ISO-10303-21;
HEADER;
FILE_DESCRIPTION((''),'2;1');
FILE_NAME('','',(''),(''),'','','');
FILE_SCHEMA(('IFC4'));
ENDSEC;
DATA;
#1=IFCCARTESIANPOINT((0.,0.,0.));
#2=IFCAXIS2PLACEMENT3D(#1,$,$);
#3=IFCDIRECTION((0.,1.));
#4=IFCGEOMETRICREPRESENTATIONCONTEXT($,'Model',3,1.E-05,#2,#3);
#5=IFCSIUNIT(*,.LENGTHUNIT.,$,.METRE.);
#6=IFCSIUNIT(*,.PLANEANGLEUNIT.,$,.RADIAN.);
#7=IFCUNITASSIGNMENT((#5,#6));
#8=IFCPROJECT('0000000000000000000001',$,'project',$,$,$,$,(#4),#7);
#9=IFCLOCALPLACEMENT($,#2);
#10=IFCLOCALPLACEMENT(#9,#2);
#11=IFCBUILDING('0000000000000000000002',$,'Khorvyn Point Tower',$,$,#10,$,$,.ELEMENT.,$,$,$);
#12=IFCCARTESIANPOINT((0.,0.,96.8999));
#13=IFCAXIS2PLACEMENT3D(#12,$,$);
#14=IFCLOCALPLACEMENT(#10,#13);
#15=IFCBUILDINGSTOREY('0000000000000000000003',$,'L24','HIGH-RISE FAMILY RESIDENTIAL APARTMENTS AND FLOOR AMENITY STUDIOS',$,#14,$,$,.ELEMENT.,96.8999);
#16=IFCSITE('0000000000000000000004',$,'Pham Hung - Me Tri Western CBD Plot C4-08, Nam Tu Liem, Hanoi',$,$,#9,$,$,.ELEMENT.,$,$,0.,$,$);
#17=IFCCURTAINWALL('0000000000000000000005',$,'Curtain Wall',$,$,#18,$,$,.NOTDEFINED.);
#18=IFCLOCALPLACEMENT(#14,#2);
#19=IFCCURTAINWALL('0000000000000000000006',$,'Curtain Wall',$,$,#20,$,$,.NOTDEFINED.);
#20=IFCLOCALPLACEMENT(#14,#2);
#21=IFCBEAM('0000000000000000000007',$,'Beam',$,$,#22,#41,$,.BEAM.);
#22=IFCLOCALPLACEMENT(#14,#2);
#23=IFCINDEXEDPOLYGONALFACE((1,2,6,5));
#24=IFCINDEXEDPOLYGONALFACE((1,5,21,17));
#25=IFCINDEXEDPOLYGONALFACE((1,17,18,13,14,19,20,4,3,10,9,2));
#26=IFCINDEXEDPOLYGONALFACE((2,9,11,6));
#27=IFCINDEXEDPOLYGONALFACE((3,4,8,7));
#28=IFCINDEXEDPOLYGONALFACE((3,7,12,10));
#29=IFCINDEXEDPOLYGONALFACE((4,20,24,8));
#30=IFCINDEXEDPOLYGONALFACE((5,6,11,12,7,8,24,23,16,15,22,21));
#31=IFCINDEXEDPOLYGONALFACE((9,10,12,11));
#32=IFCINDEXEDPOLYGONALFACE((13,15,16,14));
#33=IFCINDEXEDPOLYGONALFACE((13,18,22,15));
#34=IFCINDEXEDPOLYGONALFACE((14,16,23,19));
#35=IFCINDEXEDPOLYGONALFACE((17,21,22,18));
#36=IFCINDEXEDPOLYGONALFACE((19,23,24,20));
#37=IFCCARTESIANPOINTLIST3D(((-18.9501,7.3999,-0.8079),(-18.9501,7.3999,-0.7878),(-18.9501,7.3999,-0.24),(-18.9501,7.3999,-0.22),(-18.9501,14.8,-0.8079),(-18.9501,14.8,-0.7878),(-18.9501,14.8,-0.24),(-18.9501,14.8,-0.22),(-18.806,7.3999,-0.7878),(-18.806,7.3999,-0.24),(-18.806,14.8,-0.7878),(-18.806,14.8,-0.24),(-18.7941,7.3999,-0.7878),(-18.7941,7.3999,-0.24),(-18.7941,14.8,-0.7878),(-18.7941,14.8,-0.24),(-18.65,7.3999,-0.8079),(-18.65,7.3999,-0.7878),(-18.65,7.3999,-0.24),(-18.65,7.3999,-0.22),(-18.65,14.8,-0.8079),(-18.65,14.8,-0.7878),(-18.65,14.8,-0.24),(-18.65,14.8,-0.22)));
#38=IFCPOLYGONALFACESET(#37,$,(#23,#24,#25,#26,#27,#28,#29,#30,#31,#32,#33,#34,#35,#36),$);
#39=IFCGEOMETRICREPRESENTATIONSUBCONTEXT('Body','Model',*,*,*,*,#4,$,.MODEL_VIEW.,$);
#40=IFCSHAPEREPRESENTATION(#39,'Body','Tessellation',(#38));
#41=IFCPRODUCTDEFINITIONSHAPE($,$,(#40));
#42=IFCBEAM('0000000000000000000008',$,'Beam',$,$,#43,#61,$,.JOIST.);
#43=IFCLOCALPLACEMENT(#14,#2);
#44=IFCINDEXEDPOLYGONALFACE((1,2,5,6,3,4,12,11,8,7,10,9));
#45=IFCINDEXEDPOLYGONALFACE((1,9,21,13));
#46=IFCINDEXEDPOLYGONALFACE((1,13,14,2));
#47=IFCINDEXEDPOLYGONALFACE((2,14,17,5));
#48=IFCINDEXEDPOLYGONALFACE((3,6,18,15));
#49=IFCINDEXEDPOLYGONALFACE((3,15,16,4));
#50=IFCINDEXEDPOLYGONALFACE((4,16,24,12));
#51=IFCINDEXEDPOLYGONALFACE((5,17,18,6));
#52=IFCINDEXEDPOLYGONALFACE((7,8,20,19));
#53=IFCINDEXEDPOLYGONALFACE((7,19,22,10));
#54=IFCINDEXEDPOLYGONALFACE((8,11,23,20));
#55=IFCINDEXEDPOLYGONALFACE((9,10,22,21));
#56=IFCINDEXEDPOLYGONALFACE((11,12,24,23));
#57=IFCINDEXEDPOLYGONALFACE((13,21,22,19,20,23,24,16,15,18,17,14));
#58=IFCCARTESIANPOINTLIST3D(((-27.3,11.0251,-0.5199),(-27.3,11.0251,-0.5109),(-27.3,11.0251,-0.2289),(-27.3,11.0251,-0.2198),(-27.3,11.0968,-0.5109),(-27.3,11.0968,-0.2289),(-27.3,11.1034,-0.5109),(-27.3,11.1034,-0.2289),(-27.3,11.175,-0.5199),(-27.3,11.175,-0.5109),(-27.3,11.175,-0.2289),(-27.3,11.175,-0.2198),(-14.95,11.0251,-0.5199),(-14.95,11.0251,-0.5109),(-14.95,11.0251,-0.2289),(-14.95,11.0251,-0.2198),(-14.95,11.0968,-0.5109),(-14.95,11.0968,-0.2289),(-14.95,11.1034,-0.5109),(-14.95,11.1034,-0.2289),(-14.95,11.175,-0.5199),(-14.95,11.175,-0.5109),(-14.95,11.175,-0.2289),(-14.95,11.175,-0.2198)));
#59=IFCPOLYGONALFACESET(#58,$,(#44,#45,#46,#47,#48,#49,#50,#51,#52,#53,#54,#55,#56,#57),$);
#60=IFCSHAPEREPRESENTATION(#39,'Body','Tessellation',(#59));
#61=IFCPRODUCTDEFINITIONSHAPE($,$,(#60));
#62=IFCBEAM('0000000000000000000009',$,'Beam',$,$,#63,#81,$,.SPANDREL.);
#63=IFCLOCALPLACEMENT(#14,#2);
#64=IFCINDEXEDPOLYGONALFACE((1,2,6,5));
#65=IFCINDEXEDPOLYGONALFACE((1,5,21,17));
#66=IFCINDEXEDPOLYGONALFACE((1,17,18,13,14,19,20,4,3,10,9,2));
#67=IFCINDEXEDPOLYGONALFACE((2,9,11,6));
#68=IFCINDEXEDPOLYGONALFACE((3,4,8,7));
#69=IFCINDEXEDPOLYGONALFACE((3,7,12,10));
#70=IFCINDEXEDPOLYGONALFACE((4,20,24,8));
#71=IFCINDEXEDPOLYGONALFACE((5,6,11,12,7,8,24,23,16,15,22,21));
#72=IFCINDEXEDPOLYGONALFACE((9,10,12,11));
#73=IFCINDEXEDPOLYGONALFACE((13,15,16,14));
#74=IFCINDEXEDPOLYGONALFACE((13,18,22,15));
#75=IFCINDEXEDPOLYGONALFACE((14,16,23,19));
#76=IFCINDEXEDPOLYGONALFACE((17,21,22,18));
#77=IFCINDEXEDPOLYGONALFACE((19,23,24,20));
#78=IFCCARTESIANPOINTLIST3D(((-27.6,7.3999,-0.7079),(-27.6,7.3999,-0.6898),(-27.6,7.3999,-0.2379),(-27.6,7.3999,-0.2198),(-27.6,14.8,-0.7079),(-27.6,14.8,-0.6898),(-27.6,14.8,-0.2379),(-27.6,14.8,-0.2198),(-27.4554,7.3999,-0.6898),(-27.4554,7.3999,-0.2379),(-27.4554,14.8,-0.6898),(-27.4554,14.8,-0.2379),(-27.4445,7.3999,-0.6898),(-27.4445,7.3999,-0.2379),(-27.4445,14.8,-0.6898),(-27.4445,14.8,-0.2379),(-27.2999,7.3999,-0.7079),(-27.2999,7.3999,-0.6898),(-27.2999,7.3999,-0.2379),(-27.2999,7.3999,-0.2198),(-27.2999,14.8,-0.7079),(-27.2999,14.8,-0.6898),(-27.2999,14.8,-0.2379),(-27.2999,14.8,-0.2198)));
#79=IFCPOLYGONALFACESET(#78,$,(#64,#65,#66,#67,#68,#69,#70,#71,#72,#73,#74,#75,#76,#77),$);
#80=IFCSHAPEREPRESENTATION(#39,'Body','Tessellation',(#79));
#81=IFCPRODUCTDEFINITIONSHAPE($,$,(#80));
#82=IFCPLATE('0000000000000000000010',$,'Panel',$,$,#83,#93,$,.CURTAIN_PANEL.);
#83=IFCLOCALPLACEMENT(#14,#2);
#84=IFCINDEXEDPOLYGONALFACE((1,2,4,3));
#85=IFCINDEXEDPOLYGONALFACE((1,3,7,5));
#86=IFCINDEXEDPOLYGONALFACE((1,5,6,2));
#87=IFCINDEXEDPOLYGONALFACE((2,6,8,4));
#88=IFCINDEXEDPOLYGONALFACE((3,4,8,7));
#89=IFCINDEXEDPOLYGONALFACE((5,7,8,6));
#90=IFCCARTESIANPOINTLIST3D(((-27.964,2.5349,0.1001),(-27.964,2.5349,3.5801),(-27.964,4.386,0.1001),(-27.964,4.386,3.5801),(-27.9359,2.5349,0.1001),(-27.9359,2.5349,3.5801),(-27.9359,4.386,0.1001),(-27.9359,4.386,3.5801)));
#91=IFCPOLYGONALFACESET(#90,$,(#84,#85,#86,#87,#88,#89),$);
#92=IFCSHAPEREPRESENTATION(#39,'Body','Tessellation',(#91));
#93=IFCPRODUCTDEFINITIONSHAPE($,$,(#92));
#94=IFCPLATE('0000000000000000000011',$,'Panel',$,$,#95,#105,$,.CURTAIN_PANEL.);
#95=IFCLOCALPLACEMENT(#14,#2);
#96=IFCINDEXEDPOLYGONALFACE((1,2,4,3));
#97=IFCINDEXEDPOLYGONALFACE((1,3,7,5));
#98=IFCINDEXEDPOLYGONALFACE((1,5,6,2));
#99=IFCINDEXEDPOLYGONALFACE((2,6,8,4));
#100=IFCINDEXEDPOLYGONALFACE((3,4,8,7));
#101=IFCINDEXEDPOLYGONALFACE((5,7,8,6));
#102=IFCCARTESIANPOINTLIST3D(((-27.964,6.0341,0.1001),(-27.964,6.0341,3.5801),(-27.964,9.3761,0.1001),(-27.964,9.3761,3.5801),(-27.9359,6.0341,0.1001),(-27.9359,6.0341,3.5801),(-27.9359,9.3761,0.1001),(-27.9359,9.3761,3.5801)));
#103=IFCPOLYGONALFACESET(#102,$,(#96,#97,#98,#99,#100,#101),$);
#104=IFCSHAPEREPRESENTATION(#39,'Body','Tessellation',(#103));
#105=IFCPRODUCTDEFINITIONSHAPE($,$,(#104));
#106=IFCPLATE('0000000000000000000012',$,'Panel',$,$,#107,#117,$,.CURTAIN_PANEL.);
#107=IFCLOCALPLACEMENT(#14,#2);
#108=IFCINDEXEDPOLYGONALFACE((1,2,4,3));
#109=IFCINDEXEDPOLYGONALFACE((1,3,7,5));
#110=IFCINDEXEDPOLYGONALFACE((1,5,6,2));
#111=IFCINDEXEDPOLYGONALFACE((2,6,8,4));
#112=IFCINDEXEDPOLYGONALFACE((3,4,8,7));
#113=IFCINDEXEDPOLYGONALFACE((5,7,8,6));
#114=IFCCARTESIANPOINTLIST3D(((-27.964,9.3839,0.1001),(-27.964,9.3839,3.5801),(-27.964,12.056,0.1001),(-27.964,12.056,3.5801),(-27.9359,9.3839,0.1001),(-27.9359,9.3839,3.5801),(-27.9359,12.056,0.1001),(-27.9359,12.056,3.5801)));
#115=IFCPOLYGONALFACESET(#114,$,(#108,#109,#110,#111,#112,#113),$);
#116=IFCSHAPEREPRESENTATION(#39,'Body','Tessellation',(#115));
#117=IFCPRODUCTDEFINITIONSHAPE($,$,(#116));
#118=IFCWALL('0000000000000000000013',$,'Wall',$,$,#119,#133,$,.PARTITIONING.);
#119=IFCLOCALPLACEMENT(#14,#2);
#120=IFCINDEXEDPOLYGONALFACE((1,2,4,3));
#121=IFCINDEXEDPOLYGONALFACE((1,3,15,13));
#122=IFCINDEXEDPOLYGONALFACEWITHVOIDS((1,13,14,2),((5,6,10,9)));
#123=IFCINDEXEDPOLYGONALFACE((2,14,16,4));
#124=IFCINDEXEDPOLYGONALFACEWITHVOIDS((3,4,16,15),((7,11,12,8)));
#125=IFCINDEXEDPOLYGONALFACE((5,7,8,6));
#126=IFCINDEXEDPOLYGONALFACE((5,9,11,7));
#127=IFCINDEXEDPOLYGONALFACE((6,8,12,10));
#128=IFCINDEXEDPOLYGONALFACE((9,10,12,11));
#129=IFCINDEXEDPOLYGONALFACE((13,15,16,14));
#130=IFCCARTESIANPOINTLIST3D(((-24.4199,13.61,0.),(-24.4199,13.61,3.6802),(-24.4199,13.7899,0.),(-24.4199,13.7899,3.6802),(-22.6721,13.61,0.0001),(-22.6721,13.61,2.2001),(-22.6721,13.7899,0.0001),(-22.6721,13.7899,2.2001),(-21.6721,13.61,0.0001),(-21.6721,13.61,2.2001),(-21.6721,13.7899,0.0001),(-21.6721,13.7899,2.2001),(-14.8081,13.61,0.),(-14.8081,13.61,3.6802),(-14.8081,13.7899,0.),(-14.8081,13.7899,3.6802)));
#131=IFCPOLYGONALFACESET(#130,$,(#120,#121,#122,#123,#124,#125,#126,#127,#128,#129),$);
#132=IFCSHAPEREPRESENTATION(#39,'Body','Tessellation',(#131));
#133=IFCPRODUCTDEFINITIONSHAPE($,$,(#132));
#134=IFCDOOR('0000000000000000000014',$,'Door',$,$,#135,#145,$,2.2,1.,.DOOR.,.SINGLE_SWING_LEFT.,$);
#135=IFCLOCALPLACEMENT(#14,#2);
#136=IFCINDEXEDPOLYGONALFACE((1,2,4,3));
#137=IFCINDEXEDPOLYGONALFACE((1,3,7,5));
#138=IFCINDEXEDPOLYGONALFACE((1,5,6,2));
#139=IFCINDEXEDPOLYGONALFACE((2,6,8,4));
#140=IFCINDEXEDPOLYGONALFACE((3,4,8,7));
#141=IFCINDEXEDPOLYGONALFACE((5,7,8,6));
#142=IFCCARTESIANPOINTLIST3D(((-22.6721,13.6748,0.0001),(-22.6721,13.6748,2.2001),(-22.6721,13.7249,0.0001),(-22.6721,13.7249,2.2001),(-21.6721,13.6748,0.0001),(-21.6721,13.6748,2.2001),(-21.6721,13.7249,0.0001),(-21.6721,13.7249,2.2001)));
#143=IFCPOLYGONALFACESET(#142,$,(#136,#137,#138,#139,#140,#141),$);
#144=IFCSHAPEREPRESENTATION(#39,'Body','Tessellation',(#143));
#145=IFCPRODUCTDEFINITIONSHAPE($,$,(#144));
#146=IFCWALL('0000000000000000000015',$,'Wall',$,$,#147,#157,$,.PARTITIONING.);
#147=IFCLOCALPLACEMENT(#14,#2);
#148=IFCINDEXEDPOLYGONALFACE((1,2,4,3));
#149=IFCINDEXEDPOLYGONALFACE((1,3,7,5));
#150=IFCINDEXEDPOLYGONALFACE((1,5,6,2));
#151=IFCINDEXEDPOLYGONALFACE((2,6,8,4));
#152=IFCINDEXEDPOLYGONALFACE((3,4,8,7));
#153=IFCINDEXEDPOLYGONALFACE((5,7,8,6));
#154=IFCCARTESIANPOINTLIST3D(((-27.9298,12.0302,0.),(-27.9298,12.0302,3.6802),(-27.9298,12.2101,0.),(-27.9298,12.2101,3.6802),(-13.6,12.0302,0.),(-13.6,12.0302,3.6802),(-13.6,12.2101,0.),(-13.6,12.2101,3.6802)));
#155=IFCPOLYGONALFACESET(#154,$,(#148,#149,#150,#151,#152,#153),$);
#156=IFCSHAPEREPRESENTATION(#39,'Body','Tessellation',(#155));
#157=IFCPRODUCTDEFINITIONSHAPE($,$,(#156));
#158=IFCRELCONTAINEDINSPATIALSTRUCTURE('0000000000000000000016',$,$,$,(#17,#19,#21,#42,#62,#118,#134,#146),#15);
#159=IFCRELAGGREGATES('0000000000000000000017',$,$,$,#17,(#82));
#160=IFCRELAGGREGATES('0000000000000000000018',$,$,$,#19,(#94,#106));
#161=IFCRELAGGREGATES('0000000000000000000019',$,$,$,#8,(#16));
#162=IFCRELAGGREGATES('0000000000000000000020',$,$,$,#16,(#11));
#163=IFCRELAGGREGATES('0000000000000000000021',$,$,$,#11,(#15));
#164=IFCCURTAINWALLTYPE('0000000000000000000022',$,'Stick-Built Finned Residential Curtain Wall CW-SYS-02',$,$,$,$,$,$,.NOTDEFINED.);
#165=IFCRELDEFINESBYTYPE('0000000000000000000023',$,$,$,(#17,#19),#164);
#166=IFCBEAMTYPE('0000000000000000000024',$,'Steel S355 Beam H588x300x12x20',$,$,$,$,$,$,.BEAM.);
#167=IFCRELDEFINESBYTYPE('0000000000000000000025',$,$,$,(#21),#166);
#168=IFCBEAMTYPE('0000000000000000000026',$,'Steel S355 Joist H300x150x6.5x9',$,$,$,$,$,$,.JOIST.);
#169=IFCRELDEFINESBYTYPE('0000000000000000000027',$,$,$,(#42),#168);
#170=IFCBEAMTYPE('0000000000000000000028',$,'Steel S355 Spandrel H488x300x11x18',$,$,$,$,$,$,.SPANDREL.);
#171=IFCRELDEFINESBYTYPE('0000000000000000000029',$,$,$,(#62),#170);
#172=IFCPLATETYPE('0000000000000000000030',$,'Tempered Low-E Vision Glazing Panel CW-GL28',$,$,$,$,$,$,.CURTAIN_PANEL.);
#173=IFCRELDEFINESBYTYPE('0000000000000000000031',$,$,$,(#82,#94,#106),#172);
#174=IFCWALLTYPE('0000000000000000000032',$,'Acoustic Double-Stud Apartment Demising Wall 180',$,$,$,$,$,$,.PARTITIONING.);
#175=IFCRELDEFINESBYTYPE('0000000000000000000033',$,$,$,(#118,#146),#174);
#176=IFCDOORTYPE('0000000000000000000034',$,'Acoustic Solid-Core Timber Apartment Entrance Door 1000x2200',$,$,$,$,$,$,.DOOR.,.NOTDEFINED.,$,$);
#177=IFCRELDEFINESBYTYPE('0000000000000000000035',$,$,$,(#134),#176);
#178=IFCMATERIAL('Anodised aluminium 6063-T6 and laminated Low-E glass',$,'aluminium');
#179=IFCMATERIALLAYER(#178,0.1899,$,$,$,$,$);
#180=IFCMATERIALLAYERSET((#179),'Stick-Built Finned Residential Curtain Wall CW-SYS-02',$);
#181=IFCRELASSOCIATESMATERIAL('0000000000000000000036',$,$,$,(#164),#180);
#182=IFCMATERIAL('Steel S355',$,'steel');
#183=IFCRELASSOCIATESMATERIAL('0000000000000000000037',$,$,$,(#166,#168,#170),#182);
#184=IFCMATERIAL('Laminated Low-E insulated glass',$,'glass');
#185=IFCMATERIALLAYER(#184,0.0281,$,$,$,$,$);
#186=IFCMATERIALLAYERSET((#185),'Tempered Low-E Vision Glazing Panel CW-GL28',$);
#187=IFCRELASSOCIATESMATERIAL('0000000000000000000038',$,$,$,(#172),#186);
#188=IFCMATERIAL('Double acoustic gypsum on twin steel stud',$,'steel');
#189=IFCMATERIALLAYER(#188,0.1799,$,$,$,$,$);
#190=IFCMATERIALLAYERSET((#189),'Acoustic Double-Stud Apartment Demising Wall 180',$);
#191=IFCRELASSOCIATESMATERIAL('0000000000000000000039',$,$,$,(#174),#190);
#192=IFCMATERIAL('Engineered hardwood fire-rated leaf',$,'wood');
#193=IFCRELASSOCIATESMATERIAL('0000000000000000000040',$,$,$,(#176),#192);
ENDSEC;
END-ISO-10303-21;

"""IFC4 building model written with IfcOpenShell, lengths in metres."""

from ifc_helpers import new_model, si_unit, direction, frame, frame_2d, origin, origin_2d, place, context, subcontext, project, spatial, rectangle, i_section, extrude, material, layer, layer_set, material_profile, profile_set, type_object, element, fill, aggregate, save


model = new_model("IFC4")

# Units and contexts
model_context = context("Model", 3, precision=1e-05, world=origin(), true_north=direction((0.0, 1.0)))
body_context = subcontext(model_context, "Body", "Model", "MODEL_VIEW")
ifc_project = project(units=[si_unit("LENGTHUNIT", "METRE"), si_unit("PLANEANGLEUNIT", "RADIAN")], contexts=[model_context])

# Site, building, storey
site_placement = place(None, origin())
site = spatial("IfcSite", under=ifc_project, at=site_placement, Name="Pham Hung - Me Tri Western CBD Plot C4-08, Nam Tu Liem, Hanoi", CompositionType="ELEMENT", RefElevation=0.0)
building_placement = place(site_placement, origin())
building = spatial("IfcBuilding", under=site, at=building_placement, Name="Khorvyn Point Tower", CompositionType="ELEMENT")
storey_placement = place(building_placement, frame((0.0, 0.0, 96.8999)))
storey = spatial("IfcBuildingStorey", under=building, at=storey_placement, Name="L24", Description="HIGH-RISE FAMILY RESIDENTIAL APARTMENTS AND FLOOR AMENITY STUDIOS", CompositionType="ELEMENT", Elevation=96.8999)

# Curtain wall
ifc_material_1 = material(Name="Anodised aluminium 6063-T6 and laminated Low-E glass", Category="aluminium")
ifc_layer_1 = layer(ifc_material_1, 0.1899)
ifc_layer_set_1 = layer_set([ifc_layer_1], Name="Stick-Built Finned Residential Curtain Wall CW-SYS-02")
curtain_wall_type = type_object("IfcCurtainWallType", Name="Stick-Built Finned Residential Curtain Wall CW-SYS-02", PredefinedType="NOTDEFINED", material=ifc_layer_set_1)
curtain_wall_1_placement = place(storey_placement, origin())
curtain_wall_1 = element("IfcCurtainWall", 1, at=curtain_wall_1_placement, inside=storey, type_object=curtain_wall_type, Name="Curtain Wall", PredefinedType="NOTDEFINED")

# Curtain wall
curtain_wall_2_placement = place(storey_placement, origin())
curtain_wall_2 = element("IfcCurtainWall", 2, at=curtain_wall_2_placement, inside=storey, type_object=curtain_wall_type, Name="Curtain Wall", PredefinedType="NOTDEFINED")

# Beams
ifc_material_2 = material(Name="Steel S355", Category="steel")
ifc_material_profile_1 = material_profile(ifc_material_2, i_section(OverallWidth=0.3, OverallDepth=0.5879, WebThickness=0.012, FlangeThickness=0.02, at=origin_2d()))
ifc_profile_set_1 = profile_set([ifc_material_profile_1], Name="Steel S355 H588x300x12x20")
beam_type_1 = type_object("IfcBeamType", Name="Steel S355 Beam H588x300x12x20", PredefinedType="BEAM", material=ifc_profile_set_1)
beam_1_placement = place(storey_placement, frame((-18.8, 7.3999, -0.5139), z_axis=(0.0, 1.0, 0.0), x_axis=(-1.0, 0.0, 0.0)))
element("IfcBeam", 3, at=beam_1_placement, inside=storey, type_object=beam_type_1, Name="Beam", PredefinedType="BEAM", context=body_context, shape_type="SweptSolid", body=[
    extrude(i_section(OverallWidth=0.3, OverallDepth=0.5879, WebThickness=0.012, FlangeThickness=0.02, at=origin_2d()), origin(), (0.0, 0.0, 1.0), 7.4001),
])
ifc_material_profile_2 = material_profile(ifc_material_2, i_section(OverallWidth=0.1499, OverallDepth=0.3, WebThickness=0.0066, FlangeThickness=0.009, at=origin_2d()))
ifc_profile_set_2 = profile_set([ifc_material_profile_2], Name="Steel S355 H300x150x6.5x9")
beam_type_2 = type_object("IfcBeamType", Name="Steel S355 Joist H300x150x6.5x9", PredefinedType="JOIST", material=ifc_profile_set_2)
beam_2_placement = place(storey_placement, frame((-27.3, 11.1001, -0.3699), z_axis=(1.0, 0.0, 0.0), x_axis=(0.0, 1.0, 0.0)))
element("IfcBeam", 4, at=beam_2_placement, inside=storey, type_object=beam_type_2, Name="Beam", PredefinedType="JOIST", context=body_context, shape_type="SweptSolid", body=[
    extrude(i_section(OverallWidth=0.1499, OverallDepth=0.3, WebThickness=0.0066, FlangeThickness=0.009, at=origin_2d()), origin(), (0.0, 0.0, 1.0), 12.3501),
])
ifc_material_profile_3 = material_profile(ifc_material_2, i_section(OverallWidth=0.3, OverallDepth=0.488, WebThickness=0.011, FlangeThickness=0.0181, at=origin_2d()))
ifc_profile_set_3 = profile_set([ifc_material_profile_3], Name="Steel S355 H488x300x11x18")
beam_type_3 = type_object("IfcBeamType", Name="Steel S355 Spandrel H488x300x11x18", PredefinedType="SPANDREL", material=ifc_profile_set_3)
beam_3_placement = place(storey_placement, frame((-27.45, 7.3999, -0.4639), z_axis=(0.0, 1.0, 0.0), x_axis=(-1.0, 0.0, 0.0)))
element("IfcBeam", 5, at=beam_3_placement, inside=storey, type_object=beam_type_3, Name="Beam", PredefinedType="SPANDREL", context=body_context, shape_type="SweptSolid", body=[
    extrude(i_section(OverallWidth=0.3, OverallDepth=0.488, WebThickness=0.011, FlangeThickness=0.0181, at=origin_2d()), origin(), (0.0, 0.0, 1.0), 7.4001),
])

# Plates
ifc_material_3 = material(Name="Laminated Low-E insulated glass", Category="glass")
ifc_layer_2 = layer(ifc_material_3, 0.0281)
ifc_layer_set_2 = layer_set([ifc_layer_2], Name="Tempered Low-E Vision Glazing Panel CW-GL28")
plate_type = type_object("IfcPlateType", Name="Tempered Low-E Vision Glazing Panel CW-GL28", PredefinedType="CURTAIN_PANEL", material=ifc_layer_set_2)
plate_1_placement = place(storey_placement, frame((-27.95, 3.4604, 0.1001), z_axis=(0.0, 0.0, 1.0), x_axis=(0.0, 1.0, 0.0)))
plate_1 = element("IfcPlate", 6, at=plate_1_placement, type_object=plate_type, Name="Panel", PredefinedType="CURTAIN_PANEL", context=body_context, shape_type="SweptSolid", body=[
    extrude(rectangle(XDim=1.8511, YDim=0.0281, at=origin_2d()), origin(), (0.0, 0.0, 1.0), 3.48),
])
aggregate(curtain_wall_1, [plate_1])
plate_2_placement = place(storey_placement, frame((-27.95, 7.7051, 0.1001), z_axis=(0.0, 0.0, 1.0), x_axis=(0.0, 1.0, 0.0)))
plate_2 = element("IfcPlate", 7, at=plate_2_placement, type_object=plate_type, Name="Panel", PredefinedType="CURTAIN_PANEL", context=body_context, shape_type="SweptSolid", body=[
    extrude(rectangle(XDim=3.342, YDim=0.0281, at=origin_2d()), origin(), (0.0, 0.0, 1.0), 3.48),
])
plate_3_placement = place(storey_placement, frame((-27.95, 10.72, 0.1001), z_axis=(0.0, 0.0, 1.0), x_axis=(0.0, 1.0, 0.0)))
plate_3 = element("IfcPlate", 8, at=plate_3_placement, type_object=plate_type, Name="Panel", PredefinedType="CURTAIN_PANEL", context=body_context, shape_type="SweptSolid", body=[
    extrude(rectangle(XDim=2.6721, YDim=0.0281, at=origin_2d()), origin(), (0.0, 0.0, 1.0), 3.48),
])
aggregate(curtain_wall_2, [plate_2, plate_3])

# Wall, opening, door
ifc_material_4 = material(Name="Double acoustic gypsum on twin steel stud", Category="steel")
ifc_layer_3 = layer(ifc_material_4, 0.1799)
ifc_layer_set_3 = layer_set([ifc_layer_3], Name="Acoustic Double-Stud Apartment Demising Wall 180")
wall_type_1 = type_object("IfcWallType", Name="Acoustic Double-Stud Apartment Demising Wall 180", PredefinedType="PARTITIONING", material=ifc_layer_set_3)
wall_1_placement = place(storey_placement, frame((-24.4199, 13.7, 0.0), z_axis=(0.0, 0.0, 1.0), x_axis=(1.0, 0.0, 0.0)))
wall_1 = element("IfcWall", 9, at=wall_1_placement, inside=storey, type_object=wall_type_1, Name="Wall", PredefinedType="PARTITIONING", context=body_context, shape_type="SweptSolid", body=[
    extrude(rectangle(XDim=9.6118, YDim=0.1799, at=frame_2d((4.8059, 0.0))), origin(), (0.0, 0.0, 1.0), 3.6802),
])
opening_1_placement = place(wall_1_placement, frame((1.7478, 0.0, 0.0)))
opening_1 = element("IfcOpeningElement", 10, at=opening_1_placement, cuts=wall_1, PredefinedType="OPENING", context=body_context, shape_type="SweptSolid", body=[
    extrude(rectangle(XDim=1.0, YDim=2.2, at=frame_2d((0.5, 1.1001))), frame((0.0, 0.0999, 0.0), z_axis=(0.0, -1.0, 0.0), x_axis=(1.0, 0.0, 0.0)), (0.0, 0.0, 1.0), 0.2),
])
ifc_material_5 = material(Name="Engineered hardwood fire-rated leaf", Category="wood")
door_type_1 = type_object("IfcDoorType", Name="Acoustic Solid-Core Timber Apartment Entrance Door 1000x2200", OperationType="NOTDEFINED", PredefinedType="DOOR", material=ifc_material_5)
door_1_placement = place(opening_1_placement, origin())
door_1 = element("IfcDoor", 11, at=door_1_placement, inside=storey, type_object=door_type_1, Name="Door", OperationType="SINGLE_SWING_LEFT", OverallHeight=2.2, OverallWidth=1.0, PredefinedType="DOOR", context=body_context, shape_type="SweptSolid", body=[
    extrude(rectangle(XDim=1.0, YDim=2.2, at=frame_2d((0.5, 1.1001))), frame((0.0, 0.0249, 0.0), z_axis=(0.0, -1.0, 0.0), x_axis=(1.0, 0.0, 0.0)), (0.0, 0.0, 1.0), 0.05),
])
fill(opening_1, door_1)

# Wall
wall_2_placement = place(storey_placement, frame((-27.9299, 12.1201, 0.0), z_axis=(0.0, 0.0, 1.0), x_axis=(1.0, 0.0, 0.0)))
element("IfcWall", 12, at=wall_2_placement, inside=storey, type_object=wall_type_1, Name="Wall", PredefinedType="PARTITIONING", context=body_context, shape_type="SweptSolid", body=[
    extrude(rectangle(XDim=14.3298, YDim=0.1799, at=frame_2d((7.165, 0.0))), origin(), (0.0, 0.0, 1.0), 3.6802),
])

save(model, "model.ifc")
